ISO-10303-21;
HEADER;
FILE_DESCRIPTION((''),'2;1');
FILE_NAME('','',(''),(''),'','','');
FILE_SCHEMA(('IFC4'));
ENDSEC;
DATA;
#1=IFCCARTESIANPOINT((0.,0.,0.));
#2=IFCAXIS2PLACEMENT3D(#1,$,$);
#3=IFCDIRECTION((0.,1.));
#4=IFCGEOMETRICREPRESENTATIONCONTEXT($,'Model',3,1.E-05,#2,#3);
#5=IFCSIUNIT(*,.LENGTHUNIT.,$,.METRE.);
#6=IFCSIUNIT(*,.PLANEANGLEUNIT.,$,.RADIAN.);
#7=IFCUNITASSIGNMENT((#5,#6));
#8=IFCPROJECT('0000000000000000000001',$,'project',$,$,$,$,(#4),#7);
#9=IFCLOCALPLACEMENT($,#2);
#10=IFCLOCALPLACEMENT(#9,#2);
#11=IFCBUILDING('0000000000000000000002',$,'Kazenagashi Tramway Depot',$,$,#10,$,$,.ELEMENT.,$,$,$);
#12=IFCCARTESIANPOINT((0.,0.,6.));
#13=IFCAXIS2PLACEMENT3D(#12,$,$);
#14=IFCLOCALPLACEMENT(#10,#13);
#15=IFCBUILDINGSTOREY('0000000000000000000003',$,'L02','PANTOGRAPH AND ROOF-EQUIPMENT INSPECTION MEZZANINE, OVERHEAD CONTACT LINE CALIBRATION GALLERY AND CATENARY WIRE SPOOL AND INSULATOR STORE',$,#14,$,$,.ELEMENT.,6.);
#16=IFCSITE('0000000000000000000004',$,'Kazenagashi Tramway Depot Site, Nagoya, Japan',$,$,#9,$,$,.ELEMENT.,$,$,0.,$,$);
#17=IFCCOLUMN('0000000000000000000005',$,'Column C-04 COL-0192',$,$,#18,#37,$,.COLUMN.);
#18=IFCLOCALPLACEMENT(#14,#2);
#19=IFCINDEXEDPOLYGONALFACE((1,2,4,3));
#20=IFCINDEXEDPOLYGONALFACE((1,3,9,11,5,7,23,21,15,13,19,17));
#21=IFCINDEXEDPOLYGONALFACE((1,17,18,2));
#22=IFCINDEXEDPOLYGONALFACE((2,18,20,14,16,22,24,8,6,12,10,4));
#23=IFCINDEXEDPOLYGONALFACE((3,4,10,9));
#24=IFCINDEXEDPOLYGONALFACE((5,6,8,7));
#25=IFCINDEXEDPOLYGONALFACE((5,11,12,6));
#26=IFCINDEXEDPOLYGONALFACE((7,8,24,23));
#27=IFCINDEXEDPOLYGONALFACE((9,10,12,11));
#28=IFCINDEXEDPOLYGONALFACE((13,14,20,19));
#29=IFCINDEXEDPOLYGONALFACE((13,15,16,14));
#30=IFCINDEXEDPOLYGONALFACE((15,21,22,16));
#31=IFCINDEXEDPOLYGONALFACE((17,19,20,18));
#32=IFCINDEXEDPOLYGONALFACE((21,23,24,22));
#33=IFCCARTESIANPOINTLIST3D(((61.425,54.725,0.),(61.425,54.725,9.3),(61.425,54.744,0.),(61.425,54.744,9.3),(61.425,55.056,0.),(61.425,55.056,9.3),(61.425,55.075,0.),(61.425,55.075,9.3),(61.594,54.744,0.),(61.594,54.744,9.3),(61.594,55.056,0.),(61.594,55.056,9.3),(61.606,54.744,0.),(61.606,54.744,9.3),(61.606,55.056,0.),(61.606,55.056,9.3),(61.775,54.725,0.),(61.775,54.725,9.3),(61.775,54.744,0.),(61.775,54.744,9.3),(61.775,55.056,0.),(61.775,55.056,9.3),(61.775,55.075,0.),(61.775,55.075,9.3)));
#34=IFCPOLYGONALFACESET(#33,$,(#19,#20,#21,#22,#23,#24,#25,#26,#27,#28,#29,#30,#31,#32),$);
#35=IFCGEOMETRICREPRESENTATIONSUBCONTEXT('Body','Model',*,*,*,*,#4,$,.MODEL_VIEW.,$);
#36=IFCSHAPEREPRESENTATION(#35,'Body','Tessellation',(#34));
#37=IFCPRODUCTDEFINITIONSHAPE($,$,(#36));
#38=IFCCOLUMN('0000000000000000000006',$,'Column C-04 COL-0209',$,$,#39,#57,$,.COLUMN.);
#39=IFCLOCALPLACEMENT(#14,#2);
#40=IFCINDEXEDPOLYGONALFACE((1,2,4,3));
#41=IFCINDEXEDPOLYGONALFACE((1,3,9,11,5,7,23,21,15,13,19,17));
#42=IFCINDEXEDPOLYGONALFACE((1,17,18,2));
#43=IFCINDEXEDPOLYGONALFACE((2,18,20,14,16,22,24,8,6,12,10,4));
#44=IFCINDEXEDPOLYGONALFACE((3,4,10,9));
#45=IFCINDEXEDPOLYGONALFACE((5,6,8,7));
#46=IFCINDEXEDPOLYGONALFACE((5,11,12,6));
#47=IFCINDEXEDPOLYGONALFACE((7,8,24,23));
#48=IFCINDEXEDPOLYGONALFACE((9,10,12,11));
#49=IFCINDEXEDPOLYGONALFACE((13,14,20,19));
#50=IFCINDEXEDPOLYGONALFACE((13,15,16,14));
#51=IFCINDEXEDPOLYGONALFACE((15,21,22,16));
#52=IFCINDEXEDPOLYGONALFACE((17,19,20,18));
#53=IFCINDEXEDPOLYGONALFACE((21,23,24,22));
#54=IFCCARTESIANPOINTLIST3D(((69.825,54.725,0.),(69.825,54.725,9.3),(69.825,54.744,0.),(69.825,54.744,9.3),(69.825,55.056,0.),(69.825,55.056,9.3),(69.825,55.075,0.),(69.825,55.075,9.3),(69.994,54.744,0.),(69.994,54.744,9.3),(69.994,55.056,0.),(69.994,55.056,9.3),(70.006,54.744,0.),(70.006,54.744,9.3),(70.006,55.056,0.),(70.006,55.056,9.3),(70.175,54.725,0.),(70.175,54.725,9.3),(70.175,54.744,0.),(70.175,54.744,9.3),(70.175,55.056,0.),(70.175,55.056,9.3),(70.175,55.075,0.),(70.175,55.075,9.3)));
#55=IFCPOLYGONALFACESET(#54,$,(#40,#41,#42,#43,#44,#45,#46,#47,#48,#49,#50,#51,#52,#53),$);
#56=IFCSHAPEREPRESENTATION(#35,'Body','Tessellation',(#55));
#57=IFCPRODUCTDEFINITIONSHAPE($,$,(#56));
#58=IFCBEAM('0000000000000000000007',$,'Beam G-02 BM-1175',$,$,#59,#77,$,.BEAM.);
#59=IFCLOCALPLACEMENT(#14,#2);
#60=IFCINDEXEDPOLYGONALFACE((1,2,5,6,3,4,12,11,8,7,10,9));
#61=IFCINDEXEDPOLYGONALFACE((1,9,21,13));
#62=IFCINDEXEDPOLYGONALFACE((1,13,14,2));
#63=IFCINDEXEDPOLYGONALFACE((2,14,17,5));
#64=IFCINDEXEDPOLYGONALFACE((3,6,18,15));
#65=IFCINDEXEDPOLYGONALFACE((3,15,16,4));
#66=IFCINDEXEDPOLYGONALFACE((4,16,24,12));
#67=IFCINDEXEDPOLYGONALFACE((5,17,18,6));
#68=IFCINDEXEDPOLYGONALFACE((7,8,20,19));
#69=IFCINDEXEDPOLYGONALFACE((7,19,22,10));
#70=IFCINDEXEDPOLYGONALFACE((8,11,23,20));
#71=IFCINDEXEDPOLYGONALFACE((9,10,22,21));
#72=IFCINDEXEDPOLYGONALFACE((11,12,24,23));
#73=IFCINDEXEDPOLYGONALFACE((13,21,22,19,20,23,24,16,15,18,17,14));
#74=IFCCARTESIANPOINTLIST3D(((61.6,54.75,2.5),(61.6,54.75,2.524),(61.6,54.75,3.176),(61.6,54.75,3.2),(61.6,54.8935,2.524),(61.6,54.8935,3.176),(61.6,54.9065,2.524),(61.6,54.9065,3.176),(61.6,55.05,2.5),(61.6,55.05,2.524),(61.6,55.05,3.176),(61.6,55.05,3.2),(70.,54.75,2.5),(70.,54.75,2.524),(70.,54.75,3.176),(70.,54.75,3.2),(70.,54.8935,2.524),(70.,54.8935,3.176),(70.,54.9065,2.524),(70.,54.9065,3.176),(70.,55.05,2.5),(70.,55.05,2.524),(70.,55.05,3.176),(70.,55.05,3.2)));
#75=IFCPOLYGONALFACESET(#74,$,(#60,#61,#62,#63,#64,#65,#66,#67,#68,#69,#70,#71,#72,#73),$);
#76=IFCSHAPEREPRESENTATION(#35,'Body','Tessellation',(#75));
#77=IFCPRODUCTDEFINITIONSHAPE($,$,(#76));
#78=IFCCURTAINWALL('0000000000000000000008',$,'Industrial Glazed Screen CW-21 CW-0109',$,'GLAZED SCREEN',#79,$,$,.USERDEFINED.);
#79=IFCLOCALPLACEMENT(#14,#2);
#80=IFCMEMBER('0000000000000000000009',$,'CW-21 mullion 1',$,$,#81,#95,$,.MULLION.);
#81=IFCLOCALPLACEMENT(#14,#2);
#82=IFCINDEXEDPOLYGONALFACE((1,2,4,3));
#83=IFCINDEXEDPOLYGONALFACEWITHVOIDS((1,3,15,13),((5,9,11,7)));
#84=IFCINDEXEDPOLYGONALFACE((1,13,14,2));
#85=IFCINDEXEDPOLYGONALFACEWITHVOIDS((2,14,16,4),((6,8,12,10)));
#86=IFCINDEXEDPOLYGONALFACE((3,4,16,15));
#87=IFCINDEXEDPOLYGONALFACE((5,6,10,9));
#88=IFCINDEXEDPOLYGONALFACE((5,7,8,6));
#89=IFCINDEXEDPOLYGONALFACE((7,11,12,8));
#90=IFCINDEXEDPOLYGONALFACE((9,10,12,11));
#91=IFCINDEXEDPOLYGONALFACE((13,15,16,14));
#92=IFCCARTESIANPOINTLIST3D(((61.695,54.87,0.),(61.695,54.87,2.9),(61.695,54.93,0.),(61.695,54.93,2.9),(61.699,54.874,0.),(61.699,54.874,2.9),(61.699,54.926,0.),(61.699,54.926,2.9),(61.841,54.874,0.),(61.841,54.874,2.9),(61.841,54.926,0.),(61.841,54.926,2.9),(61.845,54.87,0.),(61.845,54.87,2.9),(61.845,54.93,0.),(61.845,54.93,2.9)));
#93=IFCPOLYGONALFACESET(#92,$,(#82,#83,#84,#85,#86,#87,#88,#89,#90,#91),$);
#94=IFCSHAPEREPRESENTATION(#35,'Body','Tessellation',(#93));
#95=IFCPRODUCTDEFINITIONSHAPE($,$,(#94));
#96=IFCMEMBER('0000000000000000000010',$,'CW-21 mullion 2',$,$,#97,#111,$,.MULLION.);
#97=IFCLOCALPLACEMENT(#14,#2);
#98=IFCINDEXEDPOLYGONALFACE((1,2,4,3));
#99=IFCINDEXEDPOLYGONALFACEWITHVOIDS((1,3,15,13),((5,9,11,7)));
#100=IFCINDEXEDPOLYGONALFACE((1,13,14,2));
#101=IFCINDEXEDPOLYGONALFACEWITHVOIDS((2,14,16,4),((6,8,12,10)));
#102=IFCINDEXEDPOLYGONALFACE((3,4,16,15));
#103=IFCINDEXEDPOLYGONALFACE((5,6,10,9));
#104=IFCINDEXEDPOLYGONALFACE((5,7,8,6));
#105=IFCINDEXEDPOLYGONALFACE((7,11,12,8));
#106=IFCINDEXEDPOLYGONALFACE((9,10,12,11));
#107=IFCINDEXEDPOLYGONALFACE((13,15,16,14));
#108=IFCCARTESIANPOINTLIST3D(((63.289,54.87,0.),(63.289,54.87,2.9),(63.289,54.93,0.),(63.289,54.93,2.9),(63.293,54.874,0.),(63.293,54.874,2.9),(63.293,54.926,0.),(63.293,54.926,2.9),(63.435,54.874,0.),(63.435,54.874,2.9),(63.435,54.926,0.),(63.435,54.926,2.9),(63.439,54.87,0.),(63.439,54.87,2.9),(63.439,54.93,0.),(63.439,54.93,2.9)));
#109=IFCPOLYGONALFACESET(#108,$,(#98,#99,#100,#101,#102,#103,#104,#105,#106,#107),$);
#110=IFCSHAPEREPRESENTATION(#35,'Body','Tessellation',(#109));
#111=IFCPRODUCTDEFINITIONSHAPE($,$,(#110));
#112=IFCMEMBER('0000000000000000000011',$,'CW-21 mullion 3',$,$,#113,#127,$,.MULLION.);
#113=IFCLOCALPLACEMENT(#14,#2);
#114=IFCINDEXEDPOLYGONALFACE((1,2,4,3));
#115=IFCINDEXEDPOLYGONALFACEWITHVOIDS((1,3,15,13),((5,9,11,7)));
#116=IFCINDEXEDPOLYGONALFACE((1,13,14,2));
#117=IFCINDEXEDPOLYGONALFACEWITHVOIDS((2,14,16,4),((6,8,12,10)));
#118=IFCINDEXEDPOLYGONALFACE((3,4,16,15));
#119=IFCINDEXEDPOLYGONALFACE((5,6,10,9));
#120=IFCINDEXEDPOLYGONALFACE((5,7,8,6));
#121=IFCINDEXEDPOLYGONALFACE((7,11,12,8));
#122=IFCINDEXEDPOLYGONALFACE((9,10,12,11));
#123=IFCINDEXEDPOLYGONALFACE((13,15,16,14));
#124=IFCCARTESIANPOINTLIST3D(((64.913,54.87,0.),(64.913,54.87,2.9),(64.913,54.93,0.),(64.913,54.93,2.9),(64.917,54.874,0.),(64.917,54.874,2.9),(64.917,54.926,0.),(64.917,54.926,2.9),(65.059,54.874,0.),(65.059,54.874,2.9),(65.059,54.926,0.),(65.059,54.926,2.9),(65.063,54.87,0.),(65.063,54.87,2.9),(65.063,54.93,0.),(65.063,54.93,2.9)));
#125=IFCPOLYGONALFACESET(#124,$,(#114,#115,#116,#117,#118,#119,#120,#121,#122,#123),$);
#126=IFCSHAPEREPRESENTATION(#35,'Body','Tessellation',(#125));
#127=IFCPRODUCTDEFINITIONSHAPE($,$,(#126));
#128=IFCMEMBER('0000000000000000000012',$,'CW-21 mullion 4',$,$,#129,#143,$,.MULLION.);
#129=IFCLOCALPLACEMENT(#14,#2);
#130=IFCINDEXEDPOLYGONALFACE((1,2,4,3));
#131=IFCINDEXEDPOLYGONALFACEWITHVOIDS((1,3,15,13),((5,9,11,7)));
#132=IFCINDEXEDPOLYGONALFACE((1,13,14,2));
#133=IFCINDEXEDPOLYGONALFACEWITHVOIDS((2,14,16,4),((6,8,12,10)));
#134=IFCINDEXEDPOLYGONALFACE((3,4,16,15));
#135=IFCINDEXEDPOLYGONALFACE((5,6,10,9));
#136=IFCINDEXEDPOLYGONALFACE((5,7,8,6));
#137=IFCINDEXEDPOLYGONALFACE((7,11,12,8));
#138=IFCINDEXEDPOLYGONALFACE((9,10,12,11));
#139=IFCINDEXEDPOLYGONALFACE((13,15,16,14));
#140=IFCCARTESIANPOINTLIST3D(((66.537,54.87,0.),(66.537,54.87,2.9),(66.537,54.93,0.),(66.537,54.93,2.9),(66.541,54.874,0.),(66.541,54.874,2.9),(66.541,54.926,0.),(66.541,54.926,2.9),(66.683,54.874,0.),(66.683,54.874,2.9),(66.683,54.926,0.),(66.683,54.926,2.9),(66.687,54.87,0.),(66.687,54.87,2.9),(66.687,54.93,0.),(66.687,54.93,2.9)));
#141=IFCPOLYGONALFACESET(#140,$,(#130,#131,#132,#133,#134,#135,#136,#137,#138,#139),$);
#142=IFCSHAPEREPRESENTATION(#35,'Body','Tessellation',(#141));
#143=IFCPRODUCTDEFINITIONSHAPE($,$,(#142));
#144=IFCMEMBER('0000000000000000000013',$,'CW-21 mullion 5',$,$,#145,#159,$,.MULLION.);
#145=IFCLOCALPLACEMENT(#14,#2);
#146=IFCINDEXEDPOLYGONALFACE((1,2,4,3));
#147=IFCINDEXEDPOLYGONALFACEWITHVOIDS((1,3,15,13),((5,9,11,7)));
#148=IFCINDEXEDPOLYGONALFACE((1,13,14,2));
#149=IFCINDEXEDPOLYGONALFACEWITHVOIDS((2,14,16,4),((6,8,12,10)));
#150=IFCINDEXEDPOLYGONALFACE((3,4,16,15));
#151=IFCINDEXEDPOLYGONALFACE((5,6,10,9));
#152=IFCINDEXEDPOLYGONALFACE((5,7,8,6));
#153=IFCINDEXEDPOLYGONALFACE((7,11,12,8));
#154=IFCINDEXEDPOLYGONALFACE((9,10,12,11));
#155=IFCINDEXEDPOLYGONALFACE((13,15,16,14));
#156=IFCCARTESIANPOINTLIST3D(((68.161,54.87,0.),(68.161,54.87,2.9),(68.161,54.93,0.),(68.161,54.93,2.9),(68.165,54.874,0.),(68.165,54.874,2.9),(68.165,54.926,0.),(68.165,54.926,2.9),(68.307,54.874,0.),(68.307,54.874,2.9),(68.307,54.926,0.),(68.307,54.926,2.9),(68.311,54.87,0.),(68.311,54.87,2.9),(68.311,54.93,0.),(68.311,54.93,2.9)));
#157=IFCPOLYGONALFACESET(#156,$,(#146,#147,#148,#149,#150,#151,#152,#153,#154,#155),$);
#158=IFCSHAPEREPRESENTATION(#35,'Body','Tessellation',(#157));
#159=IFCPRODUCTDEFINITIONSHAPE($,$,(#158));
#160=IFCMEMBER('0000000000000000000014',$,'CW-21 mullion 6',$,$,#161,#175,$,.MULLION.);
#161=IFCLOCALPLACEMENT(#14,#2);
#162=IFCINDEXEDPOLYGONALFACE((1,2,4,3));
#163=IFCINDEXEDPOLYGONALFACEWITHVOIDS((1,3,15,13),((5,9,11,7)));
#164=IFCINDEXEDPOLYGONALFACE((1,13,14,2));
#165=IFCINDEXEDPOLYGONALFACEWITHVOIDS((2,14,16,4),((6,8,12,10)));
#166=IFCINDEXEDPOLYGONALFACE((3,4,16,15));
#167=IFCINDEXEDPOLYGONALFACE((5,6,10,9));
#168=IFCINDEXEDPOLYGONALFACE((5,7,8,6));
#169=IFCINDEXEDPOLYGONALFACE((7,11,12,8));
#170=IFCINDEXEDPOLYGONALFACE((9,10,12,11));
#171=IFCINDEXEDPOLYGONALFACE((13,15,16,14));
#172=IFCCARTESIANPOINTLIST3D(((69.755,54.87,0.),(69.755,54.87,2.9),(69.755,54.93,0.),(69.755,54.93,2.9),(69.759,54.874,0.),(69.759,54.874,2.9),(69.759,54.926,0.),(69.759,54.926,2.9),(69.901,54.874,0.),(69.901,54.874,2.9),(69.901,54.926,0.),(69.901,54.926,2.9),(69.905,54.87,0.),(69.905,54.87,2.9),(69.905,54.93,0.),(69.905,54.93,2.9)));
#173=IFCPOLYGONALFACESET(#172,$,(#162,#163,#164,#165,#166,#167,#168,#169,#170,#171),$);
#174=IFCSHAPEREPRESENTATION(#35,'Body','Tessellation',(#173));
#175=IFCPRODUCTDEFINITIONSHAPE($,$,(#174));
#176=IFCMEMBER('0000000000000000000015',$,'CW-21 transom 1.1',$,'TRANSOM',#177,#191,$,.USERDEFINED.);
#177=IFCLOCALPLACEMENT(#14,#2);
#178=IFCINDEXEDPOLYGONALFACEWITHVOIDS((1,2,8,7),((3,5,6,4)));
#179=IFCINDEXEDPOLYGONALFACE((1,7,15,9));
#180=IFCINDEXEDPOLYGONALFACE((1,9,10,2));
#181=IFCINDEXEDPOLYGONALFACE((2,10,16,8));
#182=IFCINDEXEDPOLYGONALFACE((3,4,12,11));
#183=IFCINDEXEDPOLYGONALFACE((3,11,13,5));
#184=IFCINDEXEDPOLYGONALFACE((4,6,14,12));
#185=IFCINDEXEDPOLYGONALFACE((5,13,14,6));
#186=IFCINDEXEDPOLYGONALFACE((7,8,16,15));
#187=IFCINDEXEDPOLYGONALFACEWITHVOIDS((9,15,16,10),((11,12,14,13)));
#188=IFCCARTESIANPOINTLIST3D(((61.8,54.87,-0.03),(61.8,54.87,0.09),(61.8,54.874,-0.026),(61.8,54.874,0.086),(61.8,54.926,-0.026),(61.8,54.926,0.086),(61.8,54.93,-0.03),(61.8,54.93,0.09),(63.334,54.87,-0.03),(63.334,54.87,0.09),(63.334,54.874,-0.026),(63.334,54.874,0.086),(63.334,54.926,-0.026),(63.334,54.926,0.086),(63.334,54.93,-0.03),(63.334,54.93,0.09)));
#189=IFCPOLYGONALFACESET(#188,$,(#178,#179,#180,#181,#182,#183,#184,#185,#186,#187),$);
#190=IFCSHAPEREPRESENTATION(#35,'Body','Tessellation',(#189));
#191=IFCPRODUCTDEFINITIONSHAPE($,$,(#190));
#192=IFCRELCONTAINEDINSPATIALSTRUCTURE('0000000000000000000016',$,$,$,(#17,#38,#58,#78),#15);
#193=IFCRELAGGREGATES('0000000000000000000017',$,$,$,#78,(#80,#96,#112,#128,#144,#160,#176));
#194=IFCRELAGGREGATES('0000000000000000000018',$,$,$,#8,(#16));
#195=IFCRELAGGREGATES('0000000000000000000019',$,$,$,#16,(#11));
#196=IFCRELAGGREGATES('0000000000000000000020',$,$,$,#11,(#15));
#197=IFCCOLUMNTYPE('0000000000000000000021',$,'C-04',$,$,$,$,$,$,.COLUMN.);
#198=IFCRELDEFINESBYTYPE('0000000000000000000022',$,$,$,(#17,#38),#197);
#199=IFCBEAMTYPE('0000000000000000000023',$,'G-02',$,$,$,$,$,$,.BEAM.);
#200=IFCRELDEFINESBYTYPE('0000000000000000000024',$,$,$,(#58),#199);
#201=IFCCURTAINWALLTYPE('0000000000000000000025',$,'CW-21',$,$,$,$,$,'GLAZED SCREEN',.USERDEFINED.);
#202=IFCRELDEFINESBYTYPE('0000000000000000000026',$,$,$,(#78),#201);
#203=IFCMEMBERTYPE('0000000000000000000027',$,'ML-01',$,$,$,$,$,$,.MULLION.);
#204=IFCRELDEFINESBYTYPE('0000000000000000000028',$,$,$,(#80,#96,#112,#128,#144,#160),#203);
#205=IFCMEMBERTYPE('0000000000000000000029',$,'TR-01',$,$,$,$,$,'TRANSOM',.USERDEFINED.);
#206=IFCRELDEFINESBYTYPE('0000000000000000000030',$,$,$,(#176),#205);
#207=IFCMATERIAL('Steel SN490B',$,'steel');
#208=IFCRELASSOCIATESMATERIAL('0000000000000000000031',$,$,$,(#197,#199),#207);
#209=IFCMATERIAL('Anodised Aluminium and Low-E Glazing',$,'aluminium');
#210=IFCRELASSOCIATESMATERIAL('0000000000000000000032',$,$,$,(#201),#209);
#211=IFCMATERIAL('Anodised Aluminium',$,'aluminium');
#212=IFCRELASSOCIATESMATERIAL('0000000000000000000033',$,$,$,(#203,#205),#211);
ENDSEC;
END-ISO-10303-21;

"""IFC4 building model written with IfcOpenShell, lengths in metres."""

from ifc_helpers import new_model, si_unit, direction, frame, origin, origin_2d, place, context, subcontext, project, spatial, hollow_rectangle, i_section, extrude, material, material_profile, profile_set, type_object, element, aggregate, save


model = new_model("IFC4")

# Units and contexts
model_context = context("Model", 3, precision=1e-05, world=origin(), true_north=direction((0.0, 1.0)))
body_context = subcontext(model_context, "Body", "Model", "MODEL_VIEW")
ifc_project = project(units=[si_unit("LENGTHUNIT", "METRE"), si_unit("PLANEANGLEUNIT", "RADIAN")], contexts=[model_context])

# Site, building, storey
site_placement = place(None, origin())
site = spatial("IfcSite", under=ifc_project, at=site_placement, Name="Kazenagashi Tramway Depot Site, Nagoya, Japan", CompositionType="ELEMENT", RefElevation=0.0)
building_placement = place(site_placement, origin())
building = spatial("IfcBuilding", under=site, at=building_placement, Name="Kazenagashi Tramway Depot", CompositionType="ELEMENT")
storey_placement = place(building_placement, frame((0.0, 0.0, 6.0)))
storey = spatial("IfcBuildingStorey", under=building, at=storey_placement, Name="L02", Description="PANTOGRAPH AND ROOF-EQUIPMENT INSPECTION MEZZANINE, OVERHEAD CONTACT LINE CALIBRATION GALLERY AND CATENARY WIRE SPOOL AND INSULATOR STORE", CompositionType="ELEMENT", Elevation=6.0)

# Columns
ifc_material_1 = material(Name="Steel SN490B", Category="steel")
ifc_material_profile_1 = material_profile(ifc_material_1, i_section(OverallWidth=0.35, OverallDepth=0.35, WebThickness=0.012, FlangeThickness=0.019, at=origin_2d()), Name="H-350x350x12x19")
ifc_profile_set_1 = profile_set([ifc_material_profile_1], Name="Steel SN490B")
column_type = type_object("IfcColumnType", Name="C-04", PredefinedType="COLUMN", material=ifc_profile_set_1)
for number, where, z_axis, x_axis, name in (
    (1, (61.6, 54.9, 0.0), (0.0, 0.0, 1.0), (1.0, 0.0, 0.0), "Column C-04 COL-0192"),
    (2, (70.0, 54.9, 0.0), (0.0, 0.0, 1.0), (1.0, 0.0, 0.0), "Column C-04 COL-0209"),
):
    element("IfcColumn", number, at=place(storey_placement, frame(where, z_axis=z_axis, x_axis=x_axis)), inside=storey, type_object=column_type, Name=name, PredefinedType="COLUMN", context=body_context, shape_type="SweptSolid", body=[
        extrude(i_section(OverallWidth=0.35, OverallDepth=0.35, WebThickness=0.012, FlangeThickness=0.019, at=origin_2d()), origin(), (0.0, 0.0, 1.0), 9.3),
    ])

# Beam
ifc_material_profile_2 = material_profile(ifc_material_1, i_section(OverallWidth=0.3, OverallDepth=0.7, WebThickness=0.013, FlangeThickness=0.024, at=origin_2d()), Name="H-700x300x13x24")
ifc_profile_set_2 = profile_set([ifc_material_profile_2], Name="Steel SN490B")
beam_type = type_object("IfcBeamType", Name="G-02", PredefinedType="BEAM", material=ifc_profile_set_2)
beam_placement = place(storey_placement, frame((61.6, 54.9, 2.85), z_axis=(1.0, 0.0, 0.0), x_axis=(0.0, 1.0, 0.0)))
element("IfcBeam", 3, at=beam_placement, inside=storey, type_object=beam_type, Name="Beam G-02 BM-1175", PredefinedType="BEAM", context=body_context, shape_type="SweptSolid", body=[
    extrude(i_section(OverallWidth=0.3, OverallDepth=0.7, WebThickness=0.013, FlangeThickness=0.024, at=origin_2d()), origin(), (0.0, 0.0, 1.0), 8.4),
])

# Curtain wall, members
ifc_material_2 = material(Name="Anodised Aluminium and Low-E Glazing", Category="aluminium")
curtain_wall_type = type_object("IfcCurtainWallType", Name="CW-21", ElementType="GLAZED SCREEN", PredefinedType="USERDEFINED", material=ifc_material_2)
curtain_wall_placement = place(storey_placement, origin())
curtain_wall = element("IfcCurtainWall", 4, at=curtain_wall_placement, inside=storey, type_object=curtain_wall_type, Name="Industrial Glazed Screen CW-21 CW-0109", ObjectType="GLAZED SCREEN", PredefinedType="USERDEFINED")
ifc_material_3 = material(Name="Anodised Aluminium", Category="aluminium")
ifc_material_profile_3 = material_profile(ifc_material_3, hollow_rectangle(XDim=0.06, YDim=0.15, WallThickness=0.004, at=origin_2d()), Name="RHS-150x60x4")
ifc_profile_set_3 = profile_set([ifc_material_profile_3], Name="Anodised Aluminium")
member_type_1 = type_object("IfcMemberType", Name="ML-01", PredefinedType="MULLION", material=ifc_profile_set_3)
member_1_placement = place(storey_placement, frame((61.77, 54.9, 0.0), z_axis=(0.0, 0.0, 1.0), x_axis=(0.0, 1.0, 0.0)))
member_1 = element("IfcMember", 5, at=member_1_placement, type_object=member_type_1, Name="CW-21 mullion 1", PredefinedType="MULLION", context=body_context, shape_type="SweptSolid", body=[
    extrude(hollow_rectangle(XDim=0.06, YDim=0.15, WallThickness=0.004, at=origin_2d()), origin(), (0.0, 0.0, 1.0), 2.9),
])
member_2_placement = place(storey_placement, frame((63.364, 54.9, 0.0), z_axis=(0.0, 0.0, 1.0), x_axis=(0.0, 1.0, 0.0)))
member_2 = element("IfcMember", 6, at=member_2_placement, type_object=member_type_1, Name="CW-21 mullion 2", PredefinedType="MULLION", context=body_context, shape_type="SweptSolid", body=[
    extrude(hollow_rectangle(XDim=0.06, YDim=0.15, WallThickness=0.004, at=origin_2d()), origin(), (0.0, 0.0, 1.0), 2.9),
])
member_3_placement = place(storey_placement, frame((64.988, 54.9, 0.0), z_axis=(0.0, 0.0, 1.0), x_axis=(0.0, 1.0, 0.0)))
member_3 = element("IfcMember", 7, at=member_3_placement, type_object=member_type_1, Name="CW-21 mullion 3", PredefinedType="MULLION", context=body_context, shape_type="SweptSolid", body=[
    extrude(hollow_rectangle(XDim=0.06, YDim=0.15, WallThickness=0.004, at=origin_2d()), origin(), (0.0, 0.0, 1.0), 2.9),
])
member_4_placement = place(storey_placement, frame((66.612, 54.9, 0.0), z_axis=(0.0, 0.0, 1.0), x_axis=(0.0, 1.0, 0.0)))
member_4 = element("IfcMember", 8, at=member_4_placement, type_object=member_type_1, Name="CW-21 mullion 4", PredefinedType="MULLION", context=body_context, shape_type="SweptSolid", body=[
    extrude(hollow_rectangle(XDim=0.06, YDim=0.15, WallThickness=0.004, at=origin_2d()), origin(), (0.0, 0.0, 1.0), 2.9),
])
member_5_placement = place(storey_placement, frame((68.236, 54.9, 0.0), z_axis=(0.0, 0.0, 1.0), x_axis=(0.0, 1.0, 0.0)))
member_5 = element("IfcMember", 9, at=member_5_placement, type_object=member_type_1, Name="CW-21 mullion 5", PredefinedType="MULLION", context=body_context, shape_type="SweptSolid", body=[
    extrude(hollow_rectangle(XDim=0.06, YDim=0.15, WallThickness=0.004, at=origin_2d()), origin(), (0.0, 0.0, 1.0), 2.9),
])
member_6_placement = place(storey_placement, frame((69.83, 54.9, 0.0), z_axis=(0.0, 0.0, 1.0), x_axis=(0.0, 1.0, 0.0)))
member_6 = element("IfcMember", 10, at=member_6_placement, type_object=member_type_1, Name="CW-21 mullion 6", PredefinedType="MULLION", context=body_context, shape_type="SweptSolid", body=[
    extrude(hollow_rectangle(XDim=0.06, YDim=0.15, WallThickness=0.004, at=origin_2d()), origin(), (0.0, 0.0, 1.0), 2.9),
])
ifc_material_profile_4 = material_profile(ifc_material_3, hollow_rectangle(XDim=0.06, YDim=0.12, WallThickness=0.004, at=origin_2d()), Name="RHS-120x60x4")
ifc_profile_set_4 = profile_set([ifc_material_profile_4], Name="Anodised Aluminium")
member_type_2 = type_object("IfcMemberType", Name="TR-01", ElementType="TRANSOM", PredefinedType="USERDEFINED", material=ifc_profile_set_4)
member_7_placement = place(storey_placement, frame((61.8, 54.9, 0.03), z_axis=(1.0, 0.0, 0.0), x_axis=(0.0, 1.0, 0.0)))
member_7 = element("IfcMember", 11, at=member_7_placement, type_object=member_type_2, Name="CW-21 transom 1.1", ObjectType="TRANSOM", PredefinedType="USERDEFINED", context=body_context, shape_type="SweptSolid", body=[
    extrude(hollow_rectangle(XDim=0.06, YDim=0.12, WallThickness=0.004, at=origin_2d()), origin(), (0.0, 0.0, 1.0), 1.534),
])
aggregate(curtain_wall, [member_1, member_2, member_3, member_4, member_5, member_6, member_7])

save(model, "model.ifc")
